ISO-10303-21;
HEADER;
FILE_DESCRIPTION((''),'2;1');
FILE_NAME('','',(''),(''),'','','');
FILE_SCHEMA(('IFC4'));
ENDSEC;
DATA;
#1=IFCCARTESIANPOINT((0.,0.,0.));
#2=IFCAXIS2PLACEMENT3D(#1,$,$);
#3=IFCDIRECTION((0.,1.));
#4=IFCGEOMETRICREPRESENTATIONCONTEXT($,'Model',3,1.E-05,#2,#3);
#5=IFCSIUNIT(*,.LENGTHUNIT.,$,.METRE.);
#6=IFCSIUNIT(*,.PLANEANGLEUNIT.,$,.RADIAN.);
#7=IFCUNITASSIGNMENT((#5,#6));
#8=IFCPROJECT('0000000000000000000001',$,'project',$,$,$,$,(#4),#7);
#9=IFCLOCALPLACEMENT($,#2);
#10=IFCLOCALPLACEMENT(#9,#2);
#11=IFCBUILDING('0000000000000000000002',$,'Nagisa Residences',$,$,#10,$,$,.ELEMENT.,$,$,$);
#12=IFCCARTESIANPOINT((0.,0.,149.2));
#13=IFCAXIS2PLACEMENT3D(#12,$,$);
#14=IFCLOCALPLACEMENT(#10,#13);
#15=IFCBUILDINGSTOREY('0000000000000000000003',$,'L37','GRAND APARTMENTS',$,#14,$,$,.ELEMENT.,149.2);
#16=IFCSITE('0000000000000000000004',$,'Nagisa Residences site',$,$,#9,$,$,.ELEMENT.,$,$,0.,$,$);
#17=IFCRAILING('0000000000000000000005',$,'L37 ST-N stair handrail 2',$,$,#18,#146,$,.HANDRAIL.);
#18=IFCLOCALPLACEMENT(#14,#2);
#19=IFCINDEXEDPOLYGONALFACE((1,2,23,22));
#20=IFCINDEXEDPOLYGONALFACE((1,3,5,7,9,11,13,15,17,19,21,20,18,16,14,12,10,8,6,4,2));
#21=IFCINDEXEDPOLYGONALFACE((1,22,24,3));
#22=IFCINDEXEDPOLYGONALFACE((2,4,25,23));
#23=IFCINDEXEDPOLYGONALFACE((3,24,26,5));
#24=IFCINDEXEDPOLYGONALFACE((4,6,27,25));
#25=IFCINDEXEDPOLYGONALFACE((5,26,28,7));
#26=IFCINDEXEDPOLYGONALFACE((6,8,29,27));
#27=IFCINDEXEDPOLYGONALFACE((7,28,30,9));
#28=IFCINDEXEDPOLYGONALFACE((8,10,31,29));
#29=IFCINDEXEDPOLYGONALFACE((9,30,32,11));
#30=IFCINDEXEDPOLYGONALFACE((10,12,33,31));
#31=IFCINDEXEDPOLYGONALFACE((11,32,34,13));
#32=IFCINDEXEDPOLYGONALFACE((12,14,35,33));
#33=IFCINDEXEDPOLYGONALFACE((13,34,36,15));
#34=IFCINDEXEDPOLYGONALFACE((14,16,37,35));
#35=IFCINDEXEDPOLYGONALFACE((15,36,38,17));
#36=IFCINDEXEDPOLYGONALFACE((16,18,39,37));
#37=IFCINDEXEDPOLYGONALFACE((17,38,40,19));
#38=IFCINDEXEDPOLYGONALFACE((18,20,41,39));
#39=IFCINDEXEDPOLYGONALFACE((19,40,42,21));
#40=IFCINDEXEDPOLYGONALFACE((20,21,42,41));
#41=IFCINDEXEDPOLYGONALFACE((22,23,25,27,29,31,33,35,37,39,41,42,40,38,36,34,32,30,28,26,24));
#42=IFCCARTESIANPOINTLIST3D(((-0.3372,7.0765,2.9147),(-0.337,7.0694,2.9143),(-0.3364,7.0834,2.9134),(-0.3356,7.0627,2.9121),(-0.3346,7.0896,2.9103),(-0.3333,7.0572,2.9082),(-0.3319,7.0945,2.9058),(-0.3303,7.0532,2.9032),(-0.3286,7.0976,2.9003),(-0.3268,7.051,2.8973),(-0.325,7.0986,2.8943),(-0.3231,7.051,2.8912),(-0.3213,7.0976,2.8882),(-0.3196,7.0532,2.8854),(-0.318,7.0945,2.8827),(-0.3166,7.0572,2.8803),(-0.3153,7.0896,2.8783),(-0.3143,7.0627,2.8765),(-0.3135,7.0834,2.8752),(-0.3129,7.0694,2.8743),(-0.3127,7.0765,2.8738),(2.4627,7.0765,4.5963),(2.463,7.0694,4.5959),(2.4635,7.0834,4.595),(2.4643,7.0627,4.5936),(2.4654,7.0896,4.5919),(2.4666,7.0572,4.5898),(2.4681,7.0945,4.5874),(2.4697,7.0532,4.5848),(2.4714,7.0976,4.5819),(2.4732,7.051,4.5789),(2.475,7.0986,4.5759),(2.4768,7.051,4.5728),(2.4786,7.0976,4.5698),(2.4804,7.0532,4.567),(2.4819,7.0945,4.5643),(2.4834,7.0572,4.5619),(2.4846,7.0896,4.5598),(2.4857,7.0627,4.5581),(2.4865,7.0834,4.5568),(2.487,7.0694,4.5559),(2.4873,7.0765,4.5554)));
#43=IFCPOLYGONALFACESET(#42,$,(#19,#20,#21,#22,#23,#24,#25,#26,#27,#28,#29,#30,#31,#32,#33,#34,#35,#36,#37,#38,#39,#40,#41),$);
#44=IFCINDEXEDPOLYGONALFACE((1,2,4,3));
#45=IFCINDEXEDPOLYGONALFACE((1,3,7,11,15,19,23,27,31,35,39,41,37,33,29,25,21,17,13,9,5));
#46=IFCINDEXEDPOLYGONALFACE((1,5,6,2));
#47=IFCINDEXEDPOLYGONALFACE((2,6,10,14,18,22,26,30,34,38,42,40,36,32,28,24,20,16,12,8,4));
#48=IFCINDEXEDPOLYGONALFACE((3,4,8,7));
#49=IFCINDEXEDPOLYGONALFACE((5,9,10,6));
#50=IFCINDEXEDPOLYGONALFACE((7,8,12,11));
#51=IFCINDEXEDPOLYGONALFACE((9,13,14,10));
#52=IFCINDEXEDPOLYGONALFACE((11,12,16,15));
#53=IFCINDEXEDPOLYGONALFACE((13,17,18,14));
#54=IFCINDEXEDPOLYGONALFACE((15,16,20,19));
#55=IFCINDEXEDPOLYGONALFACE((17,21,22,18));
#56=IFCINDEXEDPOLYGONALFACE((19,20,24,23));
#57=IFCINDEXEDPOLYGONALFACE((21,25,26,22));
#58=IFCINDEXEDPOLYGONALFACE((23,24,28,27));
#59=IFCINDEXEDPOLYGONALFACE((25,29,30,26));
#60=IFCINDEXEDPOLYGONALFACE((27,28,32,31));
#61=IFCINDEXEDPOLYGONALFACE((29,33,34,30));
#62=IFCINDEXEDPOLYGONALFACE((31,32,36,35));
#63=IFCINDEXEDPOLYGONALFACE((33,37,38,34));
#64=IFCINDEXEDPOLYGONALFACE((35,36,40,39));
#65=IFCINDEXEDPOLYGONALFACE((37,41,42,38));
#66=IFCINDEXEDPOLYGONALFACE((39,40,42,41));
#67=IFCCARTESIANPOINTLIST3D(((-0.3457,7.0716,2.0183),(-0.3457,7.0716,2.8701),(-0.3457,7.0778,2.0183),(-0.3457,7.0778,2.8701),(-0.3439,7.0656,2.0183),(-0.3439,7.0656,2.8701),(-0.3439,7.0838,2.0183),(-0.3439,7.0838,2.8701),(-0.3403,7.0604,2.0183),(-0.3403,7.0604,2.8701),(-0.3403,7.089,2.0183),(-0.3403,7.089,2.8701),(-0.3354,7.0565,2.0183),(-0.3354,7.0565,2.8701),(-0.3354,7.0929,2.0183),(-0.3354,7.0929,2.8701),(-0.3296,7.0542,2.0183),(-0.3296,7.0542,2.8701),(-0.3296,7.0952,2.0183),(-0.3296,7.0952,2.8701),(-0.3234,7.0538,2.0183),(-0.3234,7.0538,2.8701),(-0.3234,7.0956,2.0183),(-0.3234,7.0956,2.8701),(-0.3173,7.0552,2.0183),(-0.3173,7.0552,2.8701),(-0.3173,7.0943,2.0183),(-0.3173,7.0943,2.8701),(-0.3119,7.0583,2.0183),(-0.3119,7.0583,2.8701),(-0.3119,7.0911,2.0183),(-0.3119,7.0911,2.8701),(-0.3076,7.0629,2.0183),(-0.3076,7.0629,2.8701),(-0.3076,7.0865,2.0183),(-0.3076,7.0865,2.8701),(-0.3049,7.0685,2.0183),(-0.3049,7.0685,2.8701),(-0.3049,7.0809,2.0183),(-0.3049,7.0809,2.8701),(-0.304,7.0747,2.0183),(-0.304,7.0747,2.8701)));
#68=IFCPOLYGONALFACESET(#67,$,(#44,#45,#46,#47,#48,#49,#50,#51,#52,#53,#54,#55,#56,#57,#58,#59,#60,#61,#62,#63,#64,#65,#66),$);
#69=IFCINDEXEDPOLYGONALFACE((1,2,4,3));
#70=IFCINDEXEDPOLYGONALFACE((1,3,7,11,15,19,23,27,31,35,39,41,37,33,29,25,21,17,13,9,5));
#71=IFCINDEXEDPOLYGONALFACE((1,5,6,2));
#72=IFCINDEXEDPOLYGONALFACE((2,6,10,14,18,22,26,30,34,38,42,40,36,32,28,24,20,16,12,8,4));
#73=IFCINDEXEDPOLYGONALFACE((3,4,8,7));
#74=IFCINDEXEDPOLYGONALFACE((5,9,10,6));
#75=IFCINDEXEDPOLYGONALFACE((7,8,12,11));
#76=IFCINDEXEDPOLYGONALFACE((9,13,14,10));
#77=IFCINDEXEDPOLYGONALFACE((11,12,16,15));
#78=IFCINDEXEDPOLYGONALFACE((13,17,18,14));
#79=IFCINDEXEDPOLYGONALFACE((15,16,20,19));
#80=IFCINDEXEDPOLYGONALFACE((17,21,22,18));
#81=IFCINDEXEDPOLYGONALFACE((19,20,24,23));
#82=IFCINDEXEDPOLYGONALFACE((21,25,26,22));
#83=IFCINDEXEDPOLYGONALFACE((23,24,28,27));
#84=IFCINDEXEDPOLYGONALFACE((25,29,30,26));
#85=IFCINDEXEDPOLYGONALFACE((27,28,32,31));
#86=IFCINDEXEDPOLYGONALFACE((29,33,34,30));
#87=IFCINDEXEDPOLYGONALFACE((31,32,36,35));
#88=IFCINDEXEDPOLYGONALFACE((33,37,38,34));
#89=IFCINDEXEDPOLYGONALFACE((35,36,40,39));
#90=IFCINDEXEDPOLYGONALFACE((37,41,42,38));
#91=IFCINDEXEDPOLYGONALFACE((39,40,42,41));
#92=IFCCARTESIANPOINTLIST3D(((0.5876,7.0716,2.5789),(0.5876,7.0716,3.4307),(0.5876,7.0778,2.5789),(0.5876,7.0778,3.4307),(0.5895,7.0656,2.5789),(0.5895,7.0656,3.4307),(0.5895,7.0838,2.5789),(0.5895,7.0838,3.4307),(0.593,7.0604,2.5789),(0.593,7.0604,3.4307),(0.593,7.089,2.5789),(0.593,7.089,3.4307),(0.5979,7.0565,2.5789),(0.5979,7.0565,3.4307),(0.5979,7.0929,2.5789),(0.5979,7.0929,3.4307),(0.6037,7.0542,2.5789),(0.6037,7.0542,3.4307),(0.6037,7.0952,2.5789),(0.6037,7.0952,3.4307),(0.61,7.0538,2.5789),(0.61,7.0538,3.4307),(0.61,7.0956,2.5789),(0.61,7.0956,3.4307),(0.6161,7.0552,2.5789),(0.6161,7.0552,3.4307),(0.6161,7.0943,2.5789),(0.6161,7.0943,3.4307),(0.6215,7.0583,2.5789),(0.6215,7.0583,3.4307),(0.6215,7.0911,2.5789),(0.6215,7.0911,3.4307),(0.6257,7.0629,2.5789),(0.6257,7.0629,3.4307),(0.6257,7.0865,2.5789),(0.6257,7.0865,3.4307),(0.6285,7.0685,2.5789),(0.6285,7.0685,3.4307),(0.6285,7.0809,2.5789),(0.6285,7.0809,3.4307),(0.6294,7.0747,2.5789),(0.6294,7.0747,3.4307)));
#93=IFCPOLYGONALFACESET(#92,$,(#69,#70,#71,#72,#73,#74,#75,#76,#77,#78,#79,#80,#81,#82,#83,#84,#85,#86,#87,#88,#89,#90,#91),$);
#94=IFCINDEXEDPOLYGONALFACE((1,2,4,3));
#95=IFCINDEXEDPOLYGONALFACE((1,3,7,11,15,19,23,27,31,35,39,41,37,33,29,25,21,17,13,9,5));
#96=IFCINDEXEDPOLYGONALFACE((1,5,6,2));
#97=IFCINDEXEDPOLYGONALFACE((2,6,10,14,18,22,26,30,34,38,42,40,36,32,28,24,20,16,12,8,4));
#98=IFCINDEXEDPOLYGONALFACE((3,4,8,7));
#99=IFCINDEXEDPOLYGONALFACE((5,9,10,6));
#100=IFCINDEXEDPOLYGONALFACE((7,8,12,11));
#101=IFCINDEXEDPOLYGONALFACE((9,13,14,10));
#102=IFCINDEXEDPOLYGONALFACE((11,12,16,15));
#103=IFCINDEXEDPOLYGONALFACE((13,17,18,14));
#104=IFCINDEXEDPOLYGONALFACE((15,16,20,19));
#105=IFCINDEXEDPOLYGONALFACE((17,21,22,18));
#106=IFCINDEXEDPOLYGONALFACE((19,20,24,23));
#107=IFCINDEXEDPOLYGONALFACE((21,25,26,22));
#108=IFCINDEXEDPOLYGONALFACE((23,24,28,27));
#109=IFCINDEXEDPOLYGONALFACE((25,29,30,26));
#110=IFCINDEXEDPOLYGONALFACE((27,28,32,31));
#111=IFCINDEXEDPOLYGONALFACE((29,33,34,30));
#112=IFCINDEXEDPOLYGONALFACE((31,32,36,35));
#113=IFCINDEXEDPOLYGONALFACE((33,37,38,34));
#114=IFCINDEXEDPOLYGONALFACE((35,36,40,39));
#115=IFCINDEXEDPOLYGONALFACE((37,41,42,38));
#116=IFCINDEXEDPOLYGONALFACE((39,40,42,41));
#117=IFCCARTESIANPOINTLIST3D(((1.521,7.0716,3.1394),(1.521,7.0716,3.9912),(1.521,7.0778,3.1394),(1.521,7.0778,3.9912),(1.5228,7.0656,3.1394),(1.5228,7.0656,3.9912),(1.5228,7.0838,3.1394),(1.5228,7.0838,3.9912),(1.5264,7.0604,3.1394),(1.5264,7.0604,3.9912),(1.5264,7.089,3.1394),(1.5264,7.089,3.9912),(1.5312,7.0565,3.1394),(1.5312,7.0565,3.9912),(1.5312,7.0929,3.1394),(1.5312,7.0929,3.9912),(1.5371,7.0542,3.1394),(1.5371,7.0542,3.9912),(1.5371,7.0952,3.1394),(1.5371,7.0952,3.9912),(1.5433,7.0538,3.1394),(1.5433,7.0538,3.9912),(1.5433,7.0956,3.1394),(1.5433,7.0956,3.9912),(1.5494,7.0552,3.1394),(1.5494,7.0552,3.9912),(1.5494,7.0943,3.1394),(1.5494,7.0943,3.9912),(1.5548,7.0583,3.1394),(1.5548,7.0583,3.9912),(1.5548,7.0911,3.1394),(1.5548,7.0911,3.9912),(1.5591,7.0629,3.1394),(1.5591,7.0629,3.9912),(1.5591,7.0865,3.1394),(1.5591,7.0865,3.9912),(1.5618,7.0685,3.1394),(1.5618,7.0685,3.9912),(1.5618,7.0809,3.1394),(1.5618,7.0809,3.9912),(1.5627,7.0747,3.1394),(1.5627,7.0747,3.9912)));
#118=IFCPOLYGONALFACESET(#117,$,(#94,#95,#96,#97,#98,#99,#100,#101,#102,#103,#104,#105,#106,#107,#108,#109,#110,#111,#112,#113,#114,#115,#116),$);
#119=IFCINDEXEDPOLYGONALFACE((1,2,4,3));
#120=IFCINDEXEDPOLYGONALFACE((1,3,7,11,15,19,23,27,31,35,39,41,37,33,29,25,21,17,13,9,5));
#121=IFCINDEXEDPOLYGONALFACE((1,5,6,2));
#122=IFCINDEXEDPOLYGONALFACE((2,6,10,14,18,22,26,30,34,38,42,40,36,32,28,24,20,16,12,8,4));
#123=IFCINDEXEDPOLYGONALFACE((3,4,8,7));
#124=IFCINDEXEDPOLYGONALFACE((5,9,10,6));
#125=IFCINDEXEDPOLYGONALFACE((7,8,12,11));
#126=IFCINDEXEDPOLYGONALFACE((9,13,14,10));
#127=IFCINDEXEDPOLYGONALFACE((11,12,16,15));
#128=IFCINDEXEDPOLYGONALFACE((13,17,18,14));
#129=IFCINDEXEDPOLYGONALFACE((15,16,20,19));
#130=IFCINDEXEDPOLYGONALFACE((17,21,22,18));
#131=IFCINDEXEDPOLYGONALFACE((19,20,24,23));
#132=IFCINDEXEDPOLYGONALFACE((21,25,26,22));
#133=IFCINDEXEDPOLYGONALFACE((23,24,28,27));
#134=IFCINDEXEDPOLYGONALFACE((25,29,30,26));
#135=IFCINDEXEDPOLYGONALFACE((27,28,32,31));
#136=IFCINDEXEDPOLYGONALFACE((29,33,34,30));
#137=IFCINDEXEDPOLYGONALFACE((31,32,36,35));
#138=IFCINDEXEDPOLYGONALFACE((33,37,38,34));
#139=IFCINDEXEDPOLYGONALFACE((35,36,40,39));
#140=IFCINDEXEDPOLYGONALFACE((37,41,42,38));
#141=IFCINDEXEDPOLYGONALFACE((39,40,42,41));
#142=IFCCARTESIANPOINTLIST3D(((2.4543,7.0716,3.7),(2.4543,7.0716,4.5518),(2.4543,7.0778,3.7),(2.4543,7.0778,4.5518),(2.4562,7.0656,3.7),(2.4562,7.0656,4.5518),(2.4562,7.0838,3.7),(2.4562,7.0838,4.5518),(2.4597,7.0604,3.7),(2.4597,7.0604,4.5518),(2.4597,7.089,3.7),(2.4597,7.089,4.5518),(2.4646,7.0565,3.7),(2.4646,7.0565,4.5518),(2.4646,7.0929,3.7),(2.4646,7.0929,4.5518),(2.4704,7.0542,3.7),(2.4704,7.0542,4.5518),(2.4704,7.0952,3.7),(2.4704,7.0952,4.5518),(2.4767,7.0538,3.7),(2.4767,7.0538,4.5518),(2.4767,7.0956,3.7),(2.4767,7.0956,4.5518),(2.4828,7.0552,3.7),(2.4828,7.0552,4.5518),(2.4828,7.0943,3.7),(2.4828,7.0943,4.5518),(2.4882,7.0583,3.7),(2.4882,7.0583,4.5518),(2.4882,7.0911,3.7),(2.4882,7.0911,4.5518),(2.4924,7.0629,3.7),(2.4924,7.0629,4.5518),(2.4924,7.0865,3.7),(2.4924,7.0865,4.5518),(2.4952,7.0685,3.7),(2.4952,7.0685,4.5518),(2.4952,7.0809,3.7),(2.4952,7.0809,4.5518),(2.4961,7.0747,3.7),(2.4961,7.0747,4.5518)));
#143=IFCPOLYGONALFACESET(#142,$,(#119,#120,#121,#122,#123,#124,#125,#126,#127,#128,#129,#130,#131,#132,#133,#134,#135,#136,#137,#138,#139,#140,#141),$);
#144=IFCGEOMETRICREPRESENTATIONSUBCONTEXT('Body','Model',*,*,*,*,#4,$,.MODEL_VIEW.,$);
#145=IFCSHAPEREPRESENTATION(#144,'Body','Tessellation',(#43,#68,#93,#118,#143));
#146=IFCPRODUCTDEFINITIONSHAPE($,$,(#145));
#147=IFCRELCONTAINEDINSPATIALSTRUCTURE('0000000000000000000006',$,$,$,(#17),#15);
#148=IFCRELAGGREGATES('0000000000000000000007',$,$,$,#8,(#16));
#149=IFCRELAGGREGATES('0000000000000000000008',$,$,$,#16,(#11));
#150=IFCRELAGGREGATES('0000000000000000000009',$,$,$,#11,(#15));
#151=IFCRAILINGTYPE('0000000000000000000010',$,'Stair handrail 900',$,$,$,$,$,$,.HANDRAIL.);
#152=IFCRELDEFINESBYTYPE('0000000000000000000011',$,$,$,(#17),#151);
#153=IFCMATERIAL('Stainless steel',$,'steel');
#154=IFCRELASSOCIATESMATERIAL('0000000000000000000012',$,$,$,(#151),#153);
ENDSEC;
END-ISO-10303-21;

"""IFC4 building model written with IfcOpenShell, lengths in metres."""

from ifc_helpers import new_model, si_unit, direction, frame, origin, origin_2d, place, context, subcontext, project, spatial, circle, extrude, material, type_object, element, save


model = new_model("IFC4")

# Units and contexts
model_context = context("Model", 3, precision=1e-05, world=origin(), true_north=direction((0.0, 1.0)))
body_context = subcontext(model_context, "Body", "Model", "MODEL_VIEW")
ifc_project = project(units=[si_unit("LENGTHUNIT", "METRE"), si_unit("PLANEANGLEUNIT", "RADIAN")], contexts=[model_context])

# Site, building, storey
site_placement = place(None, origin())
site = spatial("IfcSite", under=ifc_project, at=site_placement, Name="Nagisa Residences site", CompositionType="ELEMENT", RefElevation=0.0)
building_placement = place(site_placement, origin())
building = spatial("IfcBuilding", under=site, at=building_placement, Name="Nagisa Residences", CompositionType="ELEMENT")
storey_placement = place(building_placement, frame((0.0, 0.0, 149.2)))
storey = spatial("IfcBuildingStorey", under=building, at=storey_placement, Name="L37", Description="GRAND APARTMENTS", CompositionType="ELEMENT", Elevation=149.2)

# Railing
ifc_material_1 = material(Name="Stainless steel", Category="steel")
railing_type = type_object("IfcRailingType", Name="Stair handrail 900", PredefinedType="HANDRAIL", material=ifc_material_1)
railing_placement = place(storey_placement, frame((-0.325, 7.0747, 2.0183)))
element("IfcRailing", 1, at=railing_placement, inside=storey, type_object=railing_type, Name="L37 ST-N stair handrail 2", PredefinedType="HANDRAIL", context=body_context, shape_type="SweptSolid", body=[
    extrude(circle(Radius=0.0239, at=origin_2d()), frame((0.0, 0.0, 0.876), z_axis=(0.857275, 0.0, 0.514858), x_axis=(0.0, 1.0, 0.0)), (0.0, 0.0, 1.0), 3.2661),
    extrude(circle(Radius=0.021, at=origin_2d()), origin(), (0.0, 0.0, 1.0), 0.8518),
    extrude(circle(Radius=0.021, at=origin_2d()), frame((0.9333, 0.0, 0.5605)), (0.0, 0.0, 1.0), 0.8518),
    extrude(circle(Radius=0.021, at=origin_2d()), frame((1.8667, 0.0, 1.1211)), (0.0, 0.0, 1.0), 0.8518),
    extrude(circle(Radius=0.021, at=origin_2d()), frame((2.8, 0.0, 1.6816)), (0.0, 0.0, 1.0), 0.8518),
])

save(model, "model.ifc")
